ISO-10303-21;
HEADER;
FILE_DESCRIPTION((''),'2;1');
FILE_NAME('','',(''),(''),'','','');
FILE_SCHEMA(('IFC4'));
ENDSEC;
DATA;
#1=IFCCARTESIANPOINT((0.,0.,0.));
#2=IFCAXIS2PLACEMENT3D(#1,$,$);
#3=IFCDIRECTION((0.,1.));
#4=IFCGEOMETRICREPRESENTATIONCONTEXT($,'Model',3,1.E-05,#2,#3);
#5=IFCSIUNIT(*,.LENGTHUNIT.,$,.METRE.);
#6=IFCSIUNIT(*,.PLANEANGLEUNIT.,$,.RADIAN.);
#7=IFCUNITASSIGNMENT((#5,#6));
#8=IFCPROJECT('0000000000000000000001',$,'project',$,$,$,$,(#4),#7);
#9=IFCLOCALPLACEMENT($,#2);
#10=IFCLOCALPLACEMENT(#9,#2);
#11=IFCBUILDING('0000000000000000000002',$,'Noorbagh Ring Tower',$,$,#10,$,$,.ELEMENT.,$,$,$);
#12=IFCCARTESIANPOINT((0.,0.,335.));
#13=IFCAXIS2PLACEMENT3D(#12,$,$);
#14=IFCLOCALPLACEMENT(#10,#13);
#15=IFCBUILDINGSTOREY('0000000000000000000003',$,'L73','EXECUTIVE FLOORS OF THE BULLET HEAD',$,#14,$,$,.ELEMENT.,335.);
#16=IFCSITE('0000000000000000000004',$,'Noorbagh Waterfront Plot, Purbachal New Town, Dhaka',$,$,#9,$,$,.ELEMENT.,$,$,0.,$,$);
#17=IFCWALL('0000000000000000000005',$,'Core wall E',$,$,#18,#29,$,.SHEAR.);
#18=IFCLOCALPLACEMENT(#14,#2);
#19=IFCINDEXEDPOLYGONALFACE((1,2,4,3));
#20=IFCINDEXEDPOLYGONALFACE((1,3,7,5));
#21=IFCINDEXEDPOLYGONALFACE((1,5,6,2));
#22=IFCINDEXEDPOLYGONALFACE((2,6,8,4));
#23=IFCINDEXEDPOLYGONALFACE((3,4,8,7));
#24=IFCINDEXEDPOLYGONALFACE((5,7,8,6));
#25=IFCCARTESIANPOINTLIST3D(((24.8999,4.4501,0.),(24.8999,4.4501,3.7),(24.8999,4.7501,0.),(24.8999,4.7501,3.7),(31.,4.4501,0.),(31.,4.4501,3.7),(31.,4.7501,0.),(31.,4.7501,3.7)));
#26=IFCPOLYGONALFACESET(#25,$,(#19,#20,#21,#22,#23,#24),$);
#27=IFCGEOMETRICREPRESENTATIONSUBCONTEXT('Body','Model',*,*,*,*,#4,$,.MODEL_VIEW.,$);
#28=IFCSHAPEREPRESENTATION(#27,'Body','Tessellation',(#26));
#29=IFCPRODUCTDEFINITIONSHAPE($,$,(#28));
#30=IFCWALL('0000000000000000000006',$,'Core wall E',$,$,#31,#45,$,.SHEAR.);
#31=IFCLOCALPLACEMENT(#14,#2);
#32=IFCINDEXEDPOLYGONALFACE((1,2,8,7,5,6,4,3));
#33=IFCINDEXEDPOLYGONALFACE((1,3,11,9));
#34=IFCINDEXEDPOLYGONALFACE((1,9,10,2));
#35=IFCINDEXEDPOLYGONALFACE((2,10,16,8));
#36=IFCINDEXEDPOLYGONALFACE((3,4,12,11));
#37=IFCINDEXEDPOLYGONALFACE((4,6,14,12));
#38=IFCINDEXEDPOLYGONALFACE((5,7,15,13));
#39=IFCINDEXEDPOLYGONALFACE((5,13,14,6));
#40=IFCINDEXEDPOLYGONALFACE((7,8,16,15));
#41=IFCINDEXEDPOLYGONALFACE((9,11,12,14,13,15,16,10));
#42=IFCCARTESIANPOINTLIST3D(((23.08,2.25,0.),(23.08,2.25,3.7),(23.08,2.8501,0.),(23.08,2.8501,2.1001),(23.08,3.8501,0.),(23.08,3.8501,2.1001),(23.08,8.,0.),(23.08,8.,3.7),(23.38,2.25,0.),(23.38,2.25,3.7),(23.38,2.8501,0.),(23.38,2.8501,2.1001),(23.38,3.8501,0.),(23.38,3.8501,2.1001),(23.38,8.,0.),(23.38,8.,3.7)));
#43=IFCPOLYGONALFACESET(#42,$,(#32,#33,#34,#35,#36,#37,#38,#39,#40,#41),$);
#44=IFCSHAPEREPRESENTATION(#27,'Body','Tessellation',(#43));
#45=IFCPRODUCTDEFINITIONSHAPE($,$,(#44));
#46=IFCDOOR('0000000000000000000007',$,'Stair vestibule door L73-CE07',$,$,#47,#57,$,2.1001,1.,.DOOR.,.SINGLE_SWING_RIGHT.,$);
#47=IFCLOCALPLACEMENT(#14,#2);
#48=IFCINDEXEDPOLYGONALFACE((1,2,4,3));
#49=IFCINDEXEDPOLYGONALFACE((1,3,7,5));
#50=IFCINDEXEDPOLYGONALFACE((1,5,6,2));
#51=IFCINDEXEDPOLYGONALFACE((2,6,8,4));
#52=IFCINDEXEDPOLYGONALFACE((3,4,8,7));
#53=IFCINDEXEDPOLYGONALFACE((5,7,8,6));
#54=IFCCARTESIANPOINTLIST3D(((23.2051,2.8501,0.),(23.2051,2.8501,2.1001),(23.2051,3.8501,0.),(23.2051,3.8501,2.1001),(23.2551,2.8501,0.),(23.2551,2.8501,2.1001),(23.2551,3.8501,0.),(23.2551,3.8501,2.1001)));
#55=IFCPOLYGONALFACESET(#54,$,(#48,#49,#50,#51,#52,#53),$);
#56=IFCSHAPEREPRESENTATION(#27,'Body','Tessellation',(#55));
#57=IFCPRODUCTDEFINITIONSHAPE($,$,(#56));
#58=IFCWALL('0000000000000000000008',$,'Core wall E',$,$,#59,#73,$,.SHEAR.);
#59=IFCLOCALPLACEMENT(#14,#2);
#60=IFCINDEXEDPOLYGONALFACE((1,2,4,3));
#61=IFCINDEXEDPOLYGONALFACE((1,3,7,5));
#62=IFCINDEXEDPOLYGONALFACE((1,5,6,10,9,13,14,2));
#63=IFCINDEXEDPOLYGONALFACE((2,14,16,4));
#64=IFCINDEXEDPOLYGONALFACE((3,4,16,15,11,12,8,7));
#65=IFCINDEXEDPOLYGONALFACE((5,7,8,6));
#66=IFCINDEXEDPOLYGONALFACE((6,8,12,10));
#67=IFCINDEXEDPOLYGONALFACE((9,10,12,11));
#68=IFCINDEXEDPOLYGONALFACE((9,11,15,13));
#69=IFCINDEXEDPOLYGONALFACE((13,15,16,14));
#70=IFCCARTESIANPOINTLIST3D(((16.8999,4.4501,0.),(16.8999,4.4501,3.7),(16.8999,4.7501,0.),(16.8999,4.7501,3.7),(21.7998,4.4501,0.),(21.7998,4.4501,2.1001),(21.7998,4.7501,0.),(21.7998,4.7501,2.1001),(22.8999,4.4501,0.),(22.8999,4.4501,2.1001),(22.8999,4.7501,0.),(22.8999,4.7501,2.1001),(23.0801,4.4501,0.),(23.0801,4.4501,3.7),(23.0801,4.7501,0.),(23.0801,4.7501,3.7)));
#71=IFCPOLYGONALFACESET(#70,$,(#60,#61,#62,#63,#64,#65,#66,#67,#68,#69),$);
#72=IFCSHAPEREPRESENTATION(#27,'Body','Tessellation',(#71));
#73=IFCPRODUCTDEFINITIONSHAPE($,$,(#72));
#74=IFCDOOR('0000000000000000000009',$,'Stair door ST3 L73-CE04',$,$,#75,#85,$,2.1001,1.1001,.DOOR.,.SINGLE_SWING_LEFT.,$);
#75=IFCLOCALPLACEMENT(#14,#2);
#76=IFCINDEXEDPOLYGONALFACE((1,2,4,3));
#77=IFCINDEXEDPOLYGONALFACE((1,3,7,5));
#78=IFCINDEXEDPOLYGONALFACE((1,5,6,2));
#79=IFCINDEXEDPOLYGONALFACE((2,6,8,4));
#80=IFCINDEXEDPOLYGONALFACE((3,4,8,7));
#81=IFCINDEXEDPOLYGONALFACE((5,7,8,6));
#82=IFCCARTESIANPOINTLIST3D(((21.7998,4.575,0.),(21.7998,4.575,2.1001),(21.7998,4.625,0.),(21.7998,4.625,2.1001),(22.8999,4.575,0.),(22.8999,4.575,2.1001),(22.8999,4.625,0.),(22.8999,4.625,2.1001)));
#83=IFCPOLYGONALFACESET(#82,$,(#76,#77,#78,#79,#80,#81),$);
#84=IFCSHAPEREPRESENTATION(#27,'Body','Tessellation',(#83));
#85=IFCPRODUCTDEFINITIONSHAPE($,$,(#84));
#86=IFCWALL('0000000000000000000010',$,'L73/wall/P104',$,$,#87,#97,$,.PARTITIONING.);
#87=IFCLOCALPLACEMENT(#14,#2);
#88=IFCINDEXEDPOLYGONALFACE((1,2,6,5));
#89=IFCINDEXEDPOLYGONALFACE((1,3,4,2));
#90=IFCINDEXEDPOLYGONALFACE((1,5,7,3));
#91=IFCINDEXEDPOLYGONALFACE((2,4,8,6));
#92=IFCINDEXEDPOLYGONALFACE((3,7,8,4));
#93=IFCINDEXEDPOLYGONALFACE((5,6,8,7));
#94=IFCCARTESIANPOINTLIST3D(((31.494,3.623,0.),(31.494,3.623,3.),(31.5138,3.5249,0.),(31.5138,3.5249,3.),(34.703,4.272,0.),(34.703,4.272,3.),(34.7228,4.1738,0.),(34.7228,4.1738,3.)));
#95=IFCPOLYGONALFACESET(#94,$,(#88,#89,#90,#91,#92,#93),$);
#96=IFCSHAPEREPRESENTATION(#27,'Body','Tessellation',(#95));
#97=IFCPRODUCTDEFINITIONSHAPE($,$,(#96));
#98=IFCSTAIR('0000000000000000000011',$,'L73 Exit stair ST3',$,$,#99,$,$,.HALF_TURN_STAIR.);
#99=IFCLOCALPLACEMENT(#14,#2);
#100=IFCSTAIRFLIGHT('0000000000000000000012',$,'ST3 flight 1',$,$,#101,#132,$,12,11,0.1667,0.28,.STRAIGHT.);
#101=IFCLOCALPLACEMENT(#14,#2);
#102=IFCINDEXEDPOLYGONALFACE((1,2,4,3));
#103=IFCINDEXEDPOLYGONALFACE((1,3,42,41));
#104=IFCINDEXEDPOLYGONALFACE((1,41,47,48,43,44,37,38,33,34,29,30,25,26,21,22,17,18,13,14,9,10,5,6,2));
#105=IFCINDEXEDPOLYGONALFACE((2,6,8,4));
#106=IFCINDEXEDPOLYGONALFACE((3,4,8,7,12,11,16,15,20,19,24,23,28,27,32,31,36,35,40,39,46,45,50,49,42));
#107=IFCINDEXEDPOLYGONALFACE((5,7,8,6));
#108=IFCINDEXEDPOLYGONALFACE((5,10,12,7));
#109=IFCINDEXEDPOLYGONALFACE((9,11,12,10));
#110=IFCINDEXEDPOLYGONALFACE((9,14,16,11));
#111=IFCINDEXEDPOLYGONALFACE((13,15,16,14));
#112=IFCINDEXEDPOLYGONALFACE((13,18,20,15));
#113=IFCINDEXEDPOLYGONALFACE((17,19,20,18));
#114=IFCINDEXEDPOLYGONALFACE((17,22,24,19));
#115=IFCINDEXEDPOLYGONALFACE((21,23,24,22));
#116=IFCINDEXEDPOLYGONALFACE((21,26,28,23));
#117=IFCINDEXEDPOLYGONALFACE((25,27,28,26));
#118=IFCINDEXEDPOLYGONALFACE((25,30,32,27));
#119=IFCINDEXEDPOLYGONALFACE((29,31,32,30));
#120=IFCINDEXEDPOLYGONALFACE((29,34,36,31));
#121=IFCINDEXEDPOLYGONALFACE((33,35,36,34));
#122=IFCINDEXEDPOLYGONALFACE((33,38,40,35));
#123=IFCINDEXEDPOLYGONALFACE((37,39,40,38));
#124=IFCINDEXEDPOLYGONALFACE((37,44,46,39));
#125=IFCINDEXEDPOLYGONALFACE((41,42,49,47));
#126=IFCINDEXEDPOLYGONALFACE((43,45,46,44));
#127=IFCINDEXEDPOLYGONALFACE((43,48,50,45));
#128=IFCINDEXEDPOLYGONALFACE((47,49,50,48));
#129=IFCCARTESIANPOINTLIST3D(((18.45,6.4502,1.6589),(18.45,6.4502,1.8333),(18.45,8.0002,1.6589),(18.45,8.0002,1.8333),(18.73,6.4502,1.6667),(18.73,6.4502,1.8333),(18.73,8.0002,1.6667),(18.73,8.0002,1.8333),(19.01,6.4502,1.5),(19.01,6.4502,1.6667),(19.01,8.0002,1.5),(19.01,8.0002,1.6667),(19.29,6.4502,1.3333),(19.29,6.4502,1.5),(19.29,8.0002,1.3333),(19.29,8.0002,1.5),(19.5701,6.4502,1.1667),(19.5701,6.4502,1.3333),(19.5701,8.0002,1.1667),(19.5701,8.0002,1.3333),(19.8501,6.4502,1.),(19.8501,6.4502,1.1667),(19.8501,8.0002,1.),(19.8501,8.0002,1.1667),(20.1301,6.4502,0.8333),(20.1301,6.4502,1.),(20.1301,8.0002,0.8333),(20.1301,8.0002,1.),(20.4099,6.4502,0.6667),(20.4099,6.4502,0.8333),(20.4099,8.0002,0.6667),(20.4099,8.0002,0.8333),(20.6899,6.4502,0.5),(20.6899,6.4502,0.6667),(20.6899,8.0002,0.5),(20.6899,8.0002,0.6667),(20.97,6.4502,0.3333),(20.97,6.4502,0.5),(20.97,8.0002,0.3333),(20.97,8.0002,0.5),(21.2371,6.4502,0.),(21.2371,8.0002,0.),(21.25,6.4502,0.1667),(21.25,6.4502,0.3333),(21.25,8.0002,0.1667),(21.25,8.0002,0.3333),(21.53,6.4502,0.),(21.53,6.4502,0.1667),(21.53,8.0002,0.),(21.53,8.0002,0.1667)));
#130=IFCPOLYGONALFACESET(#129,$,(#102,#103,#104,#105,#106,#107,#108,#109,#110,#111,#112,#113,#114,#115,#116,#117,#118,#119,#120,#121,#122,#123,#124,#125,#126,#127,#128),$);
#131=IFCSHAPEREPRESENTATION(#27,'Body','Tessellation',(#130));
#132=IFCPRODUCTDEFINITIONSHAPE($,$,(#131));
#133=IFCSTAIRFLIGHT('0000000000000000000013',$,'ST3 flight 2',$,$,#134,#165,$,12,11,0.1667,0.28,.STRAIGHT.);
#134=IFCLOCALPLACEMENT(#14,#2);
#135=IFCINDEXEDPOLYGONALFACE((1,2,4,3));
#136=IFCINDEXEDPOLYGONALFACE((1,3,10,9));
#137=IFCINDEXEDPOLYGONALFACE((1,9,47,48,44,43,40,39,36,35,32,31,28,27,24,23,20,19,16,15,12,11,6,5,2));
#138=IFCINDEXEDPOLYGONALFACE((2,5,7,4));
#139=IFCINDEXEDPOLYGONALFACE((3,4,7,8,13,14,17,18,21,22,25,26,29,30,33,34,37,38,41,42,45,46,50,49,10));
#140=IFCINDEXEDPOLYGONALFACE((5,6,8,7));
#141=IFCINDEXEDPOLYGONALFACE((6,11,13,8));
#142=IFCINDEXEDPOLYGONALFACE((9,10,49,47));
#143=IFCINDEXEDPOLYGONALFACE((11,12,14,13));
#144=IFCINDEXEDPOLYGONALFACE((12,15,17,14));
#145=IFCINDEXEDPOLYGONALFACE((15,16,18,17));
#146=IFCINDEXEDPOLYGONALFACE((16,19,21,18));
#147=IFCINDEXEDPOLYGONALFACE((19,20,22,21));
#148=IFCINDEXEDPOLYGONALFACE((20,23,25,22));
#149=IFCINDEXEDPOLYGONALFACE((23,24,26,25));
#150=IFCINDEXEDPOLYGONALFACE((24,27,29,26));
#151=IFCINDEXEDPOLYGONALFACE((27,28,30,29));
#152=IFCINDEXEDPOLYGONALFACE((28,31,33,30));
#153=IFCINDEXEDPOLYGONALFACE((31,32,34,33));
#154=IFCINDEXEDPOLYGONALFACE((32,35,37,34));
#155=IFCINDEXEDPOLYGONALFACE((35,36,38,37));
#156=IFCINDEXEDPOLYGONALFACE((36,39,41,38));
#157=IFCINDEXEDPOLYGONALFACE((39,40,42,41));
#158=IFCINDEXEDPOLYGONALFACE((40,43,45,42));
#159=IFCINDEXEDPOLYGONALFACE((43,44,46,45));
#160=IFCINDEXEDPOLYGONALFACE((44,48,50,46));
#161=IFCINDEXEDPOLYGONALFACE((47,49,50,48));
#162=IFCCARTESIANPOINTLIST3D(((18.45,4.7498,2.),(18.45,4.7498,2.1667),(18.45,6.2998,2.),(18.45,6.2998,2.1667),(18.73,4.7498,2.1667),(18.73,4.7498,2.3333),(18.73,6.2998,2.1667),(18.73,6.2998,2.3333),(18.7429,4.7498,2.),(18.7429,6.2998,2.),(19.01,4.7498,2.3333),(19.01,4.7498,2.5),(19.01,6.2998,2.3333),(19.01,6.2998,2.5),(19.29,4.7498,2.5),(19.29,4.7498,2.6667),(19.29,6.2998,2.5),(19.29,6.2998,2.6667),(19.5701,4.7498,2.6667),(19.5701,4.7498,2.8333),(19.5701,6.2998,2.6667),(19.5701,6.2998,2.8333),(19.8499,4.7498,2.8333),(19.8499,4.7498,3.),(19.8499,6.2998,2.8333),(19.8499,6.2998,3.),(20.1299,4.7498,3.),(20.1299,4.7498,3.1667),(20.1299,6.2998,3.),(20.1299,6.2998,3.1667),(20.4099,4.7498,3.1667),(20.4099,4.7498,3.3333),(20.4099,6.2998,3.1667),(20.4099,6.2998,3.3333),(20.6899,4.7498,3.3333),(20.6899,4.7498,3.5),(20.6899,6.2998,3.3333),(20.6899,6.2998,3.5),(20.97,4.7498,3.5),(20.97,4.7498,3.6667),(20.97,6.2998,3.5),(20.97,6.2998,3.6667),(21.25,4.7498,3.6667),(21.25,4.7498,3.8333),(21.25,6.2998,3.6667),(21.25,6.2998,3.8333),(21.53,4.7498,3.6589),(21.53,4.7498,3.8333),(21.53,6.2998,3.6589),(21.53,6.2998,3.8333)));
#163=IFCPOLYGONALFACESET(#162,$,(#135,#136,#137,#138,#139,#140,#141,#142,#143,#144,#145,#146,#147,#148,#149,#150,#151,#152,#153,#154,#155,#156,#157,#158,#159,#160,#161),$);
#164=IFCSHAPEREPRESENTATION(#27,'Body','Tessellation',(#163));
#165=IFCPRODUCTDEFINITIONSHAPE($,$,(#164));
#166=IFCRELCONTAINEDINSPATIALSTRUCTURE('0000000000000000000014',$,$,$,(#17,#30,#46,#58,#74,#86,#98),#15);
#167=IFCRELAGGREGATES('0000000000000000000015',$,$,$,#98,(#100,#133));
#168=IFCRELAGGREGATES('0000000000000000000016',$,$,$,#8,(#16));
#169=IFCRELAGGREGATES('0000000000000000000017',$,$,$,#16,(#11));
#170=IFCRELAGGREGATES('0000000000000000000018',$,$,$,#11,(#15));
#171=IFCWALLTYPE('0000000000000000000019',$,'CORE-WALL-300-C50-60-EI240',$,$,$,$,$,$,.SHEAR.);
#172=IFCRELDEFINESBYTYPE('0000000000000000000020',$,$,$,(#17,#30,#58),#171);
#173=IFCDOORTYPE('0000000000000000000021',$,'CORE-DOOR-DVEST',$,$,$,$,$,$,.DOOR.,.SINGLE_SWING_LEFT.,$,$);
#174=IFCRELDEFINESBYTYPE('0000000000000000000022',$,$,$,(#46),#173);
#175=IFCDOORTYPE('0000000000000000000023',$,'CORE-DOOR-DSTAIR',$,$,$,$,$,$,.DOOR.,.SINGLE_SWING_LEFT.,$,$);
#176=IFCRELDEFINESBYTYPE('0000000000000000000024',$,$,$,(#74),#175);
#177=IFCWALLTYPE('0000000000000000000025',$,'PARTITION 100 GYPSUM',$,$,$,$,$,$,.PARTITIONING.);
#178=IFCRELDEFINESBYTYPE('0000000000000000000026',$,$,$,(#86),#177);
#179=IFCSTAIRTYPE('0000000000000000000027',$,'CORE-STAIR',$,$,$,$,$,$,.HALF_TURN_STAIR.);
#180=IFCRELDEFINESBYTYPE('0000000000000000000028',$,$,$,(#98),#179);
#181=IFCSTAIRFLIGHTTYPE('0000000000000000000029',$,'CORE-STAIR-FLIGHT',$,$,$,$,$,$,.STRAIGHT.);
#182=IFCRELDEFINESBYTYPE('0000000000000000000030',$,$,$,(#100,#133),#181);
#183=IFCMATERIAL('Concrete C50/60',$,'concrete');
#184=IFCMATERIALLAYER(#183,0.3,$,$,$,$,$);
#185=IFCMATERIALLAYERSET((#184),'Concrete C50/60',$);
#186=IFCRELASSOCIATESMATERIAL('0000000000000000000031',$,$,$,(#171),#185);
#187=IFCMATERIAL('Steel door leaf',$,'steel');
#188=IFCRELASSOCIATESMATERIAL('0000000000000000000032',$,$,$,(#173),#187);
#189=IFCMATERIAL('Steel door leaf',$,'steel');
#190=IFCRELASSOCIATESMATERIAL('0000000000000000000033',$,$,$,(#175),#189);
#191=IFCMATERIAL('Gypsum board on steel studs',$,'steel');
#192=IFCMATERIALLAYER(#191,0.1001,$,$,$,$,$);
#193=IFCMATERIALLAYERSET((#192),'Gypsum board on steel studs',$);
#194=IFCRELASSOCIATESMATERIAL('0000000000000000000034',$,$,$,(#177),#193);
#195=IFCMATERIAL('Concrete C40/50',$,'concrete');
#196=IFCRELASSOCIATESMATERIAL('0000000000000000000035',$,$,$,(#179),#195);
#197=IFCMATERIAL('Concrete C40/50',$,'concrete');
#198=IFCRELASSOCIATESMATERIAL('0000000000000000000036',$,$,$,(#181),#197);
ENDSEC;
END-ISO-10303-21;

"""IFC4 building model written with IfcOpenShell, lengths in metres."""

from ifc_helpers import new_model, si_unit, direction, frame, frame_2d, origin, place, context, subcontext, project, spatial, polyline, rectangle, outline, extrude, material, layer, layer_set, type_object, element, fill, aggregate, save


model = new_model("IFC4")

# Units and contexts
model_context = context("Model", 3, precision=1e-05, world=origin(), true_north=direction((0.0, 1.0)))
body_context = subcontext(model_context, "Body", "Model", "MODEL_VIEW")
ifc_project = project(units=[si_unit("LENGTHUNIT", "METRE"), si_unit("PLANEANGLEUNIT", "RADIAN")], contexts=[model_context])

# Site, building, storey
site_placement = place(None, origin())
site = spatial("IfcSite", under=ifc_project, at=site_placement, Name="Noorbagh Waterfront Plot, Purbachal New Town, Dhaka", CompositionType="ELEMENT", RefElevation=0.0)
building_placement = place(site_placement, origin())
building = spatial("IfcBuilding", under=site, at=building_placement, Name="Noorbagh Ring Tower", CompositionType="ELEMENT")
storey_placement = place(building_placement, frame((0.0, 0.0, 335.0)))
storey = spatial("IfcBuildingStorey", under=building, at=storey_placement, Name="L73", Description="EXECUTIVE FLOORS OF THE BULLET HEAD", CompositionType="ELEMENT", Elevation=335.0)

# Wall
ifc_material_1 = material(Name="Concrete C50/60", Category="concrete")
ifc_layer_1 = layer(ifc_material_1, 0.3)
ifc_layer_set_1 = layer_set([ifc_layer_1], Name="Concrete C50/60")
wall_type_1 = type_object("IfcWallType", Name="CORE-WALL-300-C50-60-EI240", PredefinedType="SHEAR", material=ifc_layer_set_1)
wall_1_placement = place(storey_placement, frame((24.8999, 4.6001, 0.0), z_axis=(0.0, 0.0, 1.0), x_axis=(1.0, 0.0, 0.0)))
element("IfcWall", 1, at=wall_1_placement, inside=storey, type_object=wall_type_1, Name="Core wall E", PredefinedType="SHEAR", context=body_context, shape_type="SweptSolid", body=[
    extrude(rectangle(XDim=6.1001, YDim=0.3, at=frame_2d((3.05, 0.0))), origin(), (0.0, 0.0, 1.0), 3.7),
])

# Walls, openings, doors
wall_2_placement = place(storey_placement, frame((23.23, 2.25, 0.0), z_axis=(0.0, 0.0, 1.0), x_axis=(0.0, 1.0, 0.0)))
wall_2 = element("IfcWall", 2, at=wall_2_placement, inside=storey, type_object=wall_type_1, Name="Core wall E", PredefinedType="SHEAR", context=body_context, shape_type="SweptSolid", body=[
    extrude(rectangle(XDim=5.75, YDim=0.3, at=frame_2d((2.875, 0.0))), origin(), (0.0, 0.0, 1.0), 3.7),
])
opening_1_placement = place(wall_2_placement, frame((0.6001, 0.0, 0.0)))
opening_1 = element("IfcOpeningElement", 3, at=opening_1_placement, cuts=wall_2, PredefinedType="OPENING", context=body_context, shape_type="SweptSolid", body=[
    extrude(rectangle(XDim=1.0, YDim=2.1001, at=frame_2d((0.5, 1.05))), frame((0.0, 0.1602, 0.0), z_axis=(0.0, -1.0, 0.0), x_axis=(1.0, 0.0, 0.0)), (0.0, 0.0, 1.0), 0.3201),
])
ifc_material_2 = material(Name="Steel door leaf", Category="steel")
door_type_1 = type_object("IfcDoorType", Name="CORE-DOOR-DVEST", OperationType="SINGLE_SWING_LEFT", PredefinedType="DOOR", material=ifc_material_2)
door_1_placement = place(opening_1_placement, origin())
door_1 = element("IfcDoor", 4, at=door_1_placement, inside=storey, type_object=door_type_1, Name="Stair vestibule door L73-CE07", OperationType="SINGLE_SWING_RIGHT", OverallHeight=2.1001, OverallWidth=1.0, PredefinedType="DOOR", context=body_context, shape_type="SweptSolid", body=[
    extrude(rectangle(XDim=1.0, YDim=2.1001, at=frame_2d((0.5, 1.05))), frame((0.0, 0.0249, 0.0), z_axis=(0.0, -1.0, 0.0), x_axis=(1.0, 0.0, 0.0)), (0.0, 0.0, 1.0), 0.05),
])
fill(opening_1, door_1)
wall_3_placement = place(storey_placement, frame((16.8999, 4.6001, 0.0), z_axis=(0.0, 0.0, 1.0), x_axis=(1.0, 0.0, 0.0)))
wall_3 = element("IfcWall", 5, at=wall_3_placement, inside=storey, type_object=wall_type_1, Name="Core wall E", PredefinedType="SHEAR", context=body_context, shape_type="SweptSolid", body=[
    extrude(rectangle(XDim=6.1802, YDim=0.3, at=frame_2d((3.0901, 0.0))), origin(), (0.0, 0.0, 1.0), 3.7),
])
opening_2_placement = place(wall_3_placement, frame((4.8999, 0.0, 0.0)))
opening_2 = element("IfcOpeningElement", 6, at=opening_2_placement, cuts=wall_3, PredefinedType="OPENING", context=body_context, shape_type="SweptSolid", body=[
    extrude(rectangle(XDim=1.1001, YDim=2.1001, at=frame_2d((0.55, 1.05))), frame((0.0, 0.1602, 0.0), z_axis=(0.0, -1.0, 0.0), x_axis=(1.0, 0.0, 0.0)), (0.0, 0.0, 1.0), 0.3201),
])
ifc_material_3 = material(Name="Steel door leaf", Category="steel")
door_type_2 = type_object("IfcDoorType", Name="CORE-DOOR-DSTAIR", OperationType="SINGLE_SWING_LEFT", PredefinedType="DOOR", material=ifc_material_3)
door_2_placement = place(opening_2_placement, origin())
door_2 = element("IfcDoor", 7, at=door_2_placement, inside=storey, type_object=door_type_2, Name="Stair door ST3 L73-CE04", OperationType="SINGLE_SWING_LEFT", OverallHeight=2.1001, OverallWidth=1.1001, PredefinedType="DOOR", context=body_context, shape_type="SweptSolid", body=[
    extrude(rectangle(XDim=1.1001, YDim=2.1001, at=frame_2d((0.55, 1.05))), frame((0.0, 0.0249, 0.0), z_axis=(0.0, -1.0, 0.0), x_axis=(1.0, 0.0, 0.0)), (0.0, 0.0, 1.0), 0.05),
])
fill(opening_2, door_2)

# Wall
ifc_material_4 = material(Name="Gypsum board on steel studs", Category="steel")
ifc_layer_2 = layer(ifc_material_4, 0.1001)
ifc_layer_set_2 = layer_set([ifc_layer_2], Name="Gypsum board on steel studs")
wall_type_2 = type_object("IfcWallType", Name="PARTITION 100 GYPSUM", PredefinedType="PARTITIONING", material=ifc_layer_set_2)
wall_4_placement = place(storey_placement, frame((31.5039, 3.574, 0.0), z_axis=(0.0, 0.0, 1.0), x_axis=(0.98016, 0.198209, 0.0)))
element("IfcWall", 8, at=wall_4_placement, inside=storey, type_object=wall_type_2, Name="L73/wall/P104", PredefinedType="PARTITIONING", context=body_context, shape_type="SweptSolid", body=[
    extrude(rectangle(XDim=3.2739, YDim=0.1001, at=frame_2d((1.637, 0.0))), origin(), (0.0, 0.0, 1.0), 3.0),
])

# Stair, stair flights
ifc_material_5 = material(Name="Concrete C40/50", Category="concrete")
stair_type = type_object("IfcStairType", Name="CORE-STAIR", PredefinedType="HALF_TURN_STAIR", material=ifc_material_5)
stair_placement = place(storey_placement, origin())
stair = element("IfcStair", 9, at=stair_placement, inside=storey, type_object=stair_type, Name="L73 Exit stair ST3", PredefinedType="HALF_TURN_STAIR")
ifc_material_6 = material(Name="Concrete C40/50", Category="concrete")
stair_flight_type = type_object("IfcStairFlightType", Name="CORE-STAIR-FLIGHT", PredefinedType="STRAIGHT", material=ifc_material_6)
stair_flight_1_placement = place(storey_placement, frame((21.53, 7.2251, 0.0), z_axis=(0.0, 0.0, 1.0), x_axis=(-1.0, 0.0, 0.0)))
stair_flight_1 = element("IfcStairFlight", 10, at=stair_flight_1_placement, type_object=stair_flight_type, Name="ST3 flight 1", NumberOfRisers=12, NumberOfTreads=11, PredefinedType="STRAIGHT", RiserHeight=0.1667, TreadLength=0.28, context=body_context, shape_type="SweptSolid", body=[
    extrude(outline(polyline([(0.0, 0.0), (0.0, 0.1667), (0.28, 0.1667), (0.28, 0.3333), (0.5601, 0.3333), (0.5601, 0.5), (0.8401, 0.5), (0.8401, 0.6667), (1.1201, 0.6667), (1.1201, 0.8333), (1.3999, 0.8333), (1.3999, 1.0), (1.6799, 1.0), (1.6799, 1.1667), (1.96, 1.1667), (1.96, 1.3333), (2.24, 1.3333), (2.24, 1.5), (2.52, 1.5), (2.52, 1.6667), (2.8, 1.6667), (2.8, 1.8333), (3.0801, 1.8333), (3.0801, 2.0), (3.0801, 1.6589), (0.293, 0.0), (0.0, 0.0)])), frame((0.0, 0.7749, 0.0), z_axis=(0.0, -1.0, 0.0), x_axis=(1.0, 0.0, 0.0)), (0.0, 0.0, 1.0), 1.55),
])
stair_flight_2_placement = place(storey_placement, frame((18.45, 5.5249, 2.0), z_axis=(0.0, 0.0, 1.0), x_axis=(1.0, 0.0, 0.0)))
stair_flight_2 = element("IfcStairFlight", 11, at=stair_flight_2_placement, type_object=stair_flight_type, Name="ST3 flight 2", NumberOfRisers=12, NumberOfTreads=11, PredefinedType="STRAIGHT", RiserHeight=0.1667, TreadLength=0.28, context=body_context, shape_type="SweptSolid", body=[
    extrude(outline(polyline([(0.0, 0.0), (0.0, 0.1667), (0.28, 0.1667), (0.28, 0.3333), (0.5601, 0.3333), (0.5601, 0.5), (0.8401, 0.5), (0.8401, 0.6667), (1.1201, 0.6667), (1.1201, 0.8333), (1.3999, 0.8333), (1.3999, 1.0), (1.6799, 1.0), (1.6799, 1.1667), (1.96, 1.1667), (1.96, 1.3333), (2.24, 1.3333), (2.24, 1.5), (2.52, 1.5), (2.52, 1.6667), (2.8, 1.6667), (2.8, 1.8333), (3.0801, 1.8333), (3.0801, 2.0), (3.0801, 1.6589), (0.293, 0.0), (0.0, 0.0)])), frame((0.0, 0.7749, 0.0), z_axis=(0.0, -1.0, 0.0), x_axis=(1.0, 0.0, 0.0)), (0.0, 0.0, 1.0), 1.55),
])
aggregate(stair, [stair_flight_1, stair_flight_2])

save(model, "model.ifc")
